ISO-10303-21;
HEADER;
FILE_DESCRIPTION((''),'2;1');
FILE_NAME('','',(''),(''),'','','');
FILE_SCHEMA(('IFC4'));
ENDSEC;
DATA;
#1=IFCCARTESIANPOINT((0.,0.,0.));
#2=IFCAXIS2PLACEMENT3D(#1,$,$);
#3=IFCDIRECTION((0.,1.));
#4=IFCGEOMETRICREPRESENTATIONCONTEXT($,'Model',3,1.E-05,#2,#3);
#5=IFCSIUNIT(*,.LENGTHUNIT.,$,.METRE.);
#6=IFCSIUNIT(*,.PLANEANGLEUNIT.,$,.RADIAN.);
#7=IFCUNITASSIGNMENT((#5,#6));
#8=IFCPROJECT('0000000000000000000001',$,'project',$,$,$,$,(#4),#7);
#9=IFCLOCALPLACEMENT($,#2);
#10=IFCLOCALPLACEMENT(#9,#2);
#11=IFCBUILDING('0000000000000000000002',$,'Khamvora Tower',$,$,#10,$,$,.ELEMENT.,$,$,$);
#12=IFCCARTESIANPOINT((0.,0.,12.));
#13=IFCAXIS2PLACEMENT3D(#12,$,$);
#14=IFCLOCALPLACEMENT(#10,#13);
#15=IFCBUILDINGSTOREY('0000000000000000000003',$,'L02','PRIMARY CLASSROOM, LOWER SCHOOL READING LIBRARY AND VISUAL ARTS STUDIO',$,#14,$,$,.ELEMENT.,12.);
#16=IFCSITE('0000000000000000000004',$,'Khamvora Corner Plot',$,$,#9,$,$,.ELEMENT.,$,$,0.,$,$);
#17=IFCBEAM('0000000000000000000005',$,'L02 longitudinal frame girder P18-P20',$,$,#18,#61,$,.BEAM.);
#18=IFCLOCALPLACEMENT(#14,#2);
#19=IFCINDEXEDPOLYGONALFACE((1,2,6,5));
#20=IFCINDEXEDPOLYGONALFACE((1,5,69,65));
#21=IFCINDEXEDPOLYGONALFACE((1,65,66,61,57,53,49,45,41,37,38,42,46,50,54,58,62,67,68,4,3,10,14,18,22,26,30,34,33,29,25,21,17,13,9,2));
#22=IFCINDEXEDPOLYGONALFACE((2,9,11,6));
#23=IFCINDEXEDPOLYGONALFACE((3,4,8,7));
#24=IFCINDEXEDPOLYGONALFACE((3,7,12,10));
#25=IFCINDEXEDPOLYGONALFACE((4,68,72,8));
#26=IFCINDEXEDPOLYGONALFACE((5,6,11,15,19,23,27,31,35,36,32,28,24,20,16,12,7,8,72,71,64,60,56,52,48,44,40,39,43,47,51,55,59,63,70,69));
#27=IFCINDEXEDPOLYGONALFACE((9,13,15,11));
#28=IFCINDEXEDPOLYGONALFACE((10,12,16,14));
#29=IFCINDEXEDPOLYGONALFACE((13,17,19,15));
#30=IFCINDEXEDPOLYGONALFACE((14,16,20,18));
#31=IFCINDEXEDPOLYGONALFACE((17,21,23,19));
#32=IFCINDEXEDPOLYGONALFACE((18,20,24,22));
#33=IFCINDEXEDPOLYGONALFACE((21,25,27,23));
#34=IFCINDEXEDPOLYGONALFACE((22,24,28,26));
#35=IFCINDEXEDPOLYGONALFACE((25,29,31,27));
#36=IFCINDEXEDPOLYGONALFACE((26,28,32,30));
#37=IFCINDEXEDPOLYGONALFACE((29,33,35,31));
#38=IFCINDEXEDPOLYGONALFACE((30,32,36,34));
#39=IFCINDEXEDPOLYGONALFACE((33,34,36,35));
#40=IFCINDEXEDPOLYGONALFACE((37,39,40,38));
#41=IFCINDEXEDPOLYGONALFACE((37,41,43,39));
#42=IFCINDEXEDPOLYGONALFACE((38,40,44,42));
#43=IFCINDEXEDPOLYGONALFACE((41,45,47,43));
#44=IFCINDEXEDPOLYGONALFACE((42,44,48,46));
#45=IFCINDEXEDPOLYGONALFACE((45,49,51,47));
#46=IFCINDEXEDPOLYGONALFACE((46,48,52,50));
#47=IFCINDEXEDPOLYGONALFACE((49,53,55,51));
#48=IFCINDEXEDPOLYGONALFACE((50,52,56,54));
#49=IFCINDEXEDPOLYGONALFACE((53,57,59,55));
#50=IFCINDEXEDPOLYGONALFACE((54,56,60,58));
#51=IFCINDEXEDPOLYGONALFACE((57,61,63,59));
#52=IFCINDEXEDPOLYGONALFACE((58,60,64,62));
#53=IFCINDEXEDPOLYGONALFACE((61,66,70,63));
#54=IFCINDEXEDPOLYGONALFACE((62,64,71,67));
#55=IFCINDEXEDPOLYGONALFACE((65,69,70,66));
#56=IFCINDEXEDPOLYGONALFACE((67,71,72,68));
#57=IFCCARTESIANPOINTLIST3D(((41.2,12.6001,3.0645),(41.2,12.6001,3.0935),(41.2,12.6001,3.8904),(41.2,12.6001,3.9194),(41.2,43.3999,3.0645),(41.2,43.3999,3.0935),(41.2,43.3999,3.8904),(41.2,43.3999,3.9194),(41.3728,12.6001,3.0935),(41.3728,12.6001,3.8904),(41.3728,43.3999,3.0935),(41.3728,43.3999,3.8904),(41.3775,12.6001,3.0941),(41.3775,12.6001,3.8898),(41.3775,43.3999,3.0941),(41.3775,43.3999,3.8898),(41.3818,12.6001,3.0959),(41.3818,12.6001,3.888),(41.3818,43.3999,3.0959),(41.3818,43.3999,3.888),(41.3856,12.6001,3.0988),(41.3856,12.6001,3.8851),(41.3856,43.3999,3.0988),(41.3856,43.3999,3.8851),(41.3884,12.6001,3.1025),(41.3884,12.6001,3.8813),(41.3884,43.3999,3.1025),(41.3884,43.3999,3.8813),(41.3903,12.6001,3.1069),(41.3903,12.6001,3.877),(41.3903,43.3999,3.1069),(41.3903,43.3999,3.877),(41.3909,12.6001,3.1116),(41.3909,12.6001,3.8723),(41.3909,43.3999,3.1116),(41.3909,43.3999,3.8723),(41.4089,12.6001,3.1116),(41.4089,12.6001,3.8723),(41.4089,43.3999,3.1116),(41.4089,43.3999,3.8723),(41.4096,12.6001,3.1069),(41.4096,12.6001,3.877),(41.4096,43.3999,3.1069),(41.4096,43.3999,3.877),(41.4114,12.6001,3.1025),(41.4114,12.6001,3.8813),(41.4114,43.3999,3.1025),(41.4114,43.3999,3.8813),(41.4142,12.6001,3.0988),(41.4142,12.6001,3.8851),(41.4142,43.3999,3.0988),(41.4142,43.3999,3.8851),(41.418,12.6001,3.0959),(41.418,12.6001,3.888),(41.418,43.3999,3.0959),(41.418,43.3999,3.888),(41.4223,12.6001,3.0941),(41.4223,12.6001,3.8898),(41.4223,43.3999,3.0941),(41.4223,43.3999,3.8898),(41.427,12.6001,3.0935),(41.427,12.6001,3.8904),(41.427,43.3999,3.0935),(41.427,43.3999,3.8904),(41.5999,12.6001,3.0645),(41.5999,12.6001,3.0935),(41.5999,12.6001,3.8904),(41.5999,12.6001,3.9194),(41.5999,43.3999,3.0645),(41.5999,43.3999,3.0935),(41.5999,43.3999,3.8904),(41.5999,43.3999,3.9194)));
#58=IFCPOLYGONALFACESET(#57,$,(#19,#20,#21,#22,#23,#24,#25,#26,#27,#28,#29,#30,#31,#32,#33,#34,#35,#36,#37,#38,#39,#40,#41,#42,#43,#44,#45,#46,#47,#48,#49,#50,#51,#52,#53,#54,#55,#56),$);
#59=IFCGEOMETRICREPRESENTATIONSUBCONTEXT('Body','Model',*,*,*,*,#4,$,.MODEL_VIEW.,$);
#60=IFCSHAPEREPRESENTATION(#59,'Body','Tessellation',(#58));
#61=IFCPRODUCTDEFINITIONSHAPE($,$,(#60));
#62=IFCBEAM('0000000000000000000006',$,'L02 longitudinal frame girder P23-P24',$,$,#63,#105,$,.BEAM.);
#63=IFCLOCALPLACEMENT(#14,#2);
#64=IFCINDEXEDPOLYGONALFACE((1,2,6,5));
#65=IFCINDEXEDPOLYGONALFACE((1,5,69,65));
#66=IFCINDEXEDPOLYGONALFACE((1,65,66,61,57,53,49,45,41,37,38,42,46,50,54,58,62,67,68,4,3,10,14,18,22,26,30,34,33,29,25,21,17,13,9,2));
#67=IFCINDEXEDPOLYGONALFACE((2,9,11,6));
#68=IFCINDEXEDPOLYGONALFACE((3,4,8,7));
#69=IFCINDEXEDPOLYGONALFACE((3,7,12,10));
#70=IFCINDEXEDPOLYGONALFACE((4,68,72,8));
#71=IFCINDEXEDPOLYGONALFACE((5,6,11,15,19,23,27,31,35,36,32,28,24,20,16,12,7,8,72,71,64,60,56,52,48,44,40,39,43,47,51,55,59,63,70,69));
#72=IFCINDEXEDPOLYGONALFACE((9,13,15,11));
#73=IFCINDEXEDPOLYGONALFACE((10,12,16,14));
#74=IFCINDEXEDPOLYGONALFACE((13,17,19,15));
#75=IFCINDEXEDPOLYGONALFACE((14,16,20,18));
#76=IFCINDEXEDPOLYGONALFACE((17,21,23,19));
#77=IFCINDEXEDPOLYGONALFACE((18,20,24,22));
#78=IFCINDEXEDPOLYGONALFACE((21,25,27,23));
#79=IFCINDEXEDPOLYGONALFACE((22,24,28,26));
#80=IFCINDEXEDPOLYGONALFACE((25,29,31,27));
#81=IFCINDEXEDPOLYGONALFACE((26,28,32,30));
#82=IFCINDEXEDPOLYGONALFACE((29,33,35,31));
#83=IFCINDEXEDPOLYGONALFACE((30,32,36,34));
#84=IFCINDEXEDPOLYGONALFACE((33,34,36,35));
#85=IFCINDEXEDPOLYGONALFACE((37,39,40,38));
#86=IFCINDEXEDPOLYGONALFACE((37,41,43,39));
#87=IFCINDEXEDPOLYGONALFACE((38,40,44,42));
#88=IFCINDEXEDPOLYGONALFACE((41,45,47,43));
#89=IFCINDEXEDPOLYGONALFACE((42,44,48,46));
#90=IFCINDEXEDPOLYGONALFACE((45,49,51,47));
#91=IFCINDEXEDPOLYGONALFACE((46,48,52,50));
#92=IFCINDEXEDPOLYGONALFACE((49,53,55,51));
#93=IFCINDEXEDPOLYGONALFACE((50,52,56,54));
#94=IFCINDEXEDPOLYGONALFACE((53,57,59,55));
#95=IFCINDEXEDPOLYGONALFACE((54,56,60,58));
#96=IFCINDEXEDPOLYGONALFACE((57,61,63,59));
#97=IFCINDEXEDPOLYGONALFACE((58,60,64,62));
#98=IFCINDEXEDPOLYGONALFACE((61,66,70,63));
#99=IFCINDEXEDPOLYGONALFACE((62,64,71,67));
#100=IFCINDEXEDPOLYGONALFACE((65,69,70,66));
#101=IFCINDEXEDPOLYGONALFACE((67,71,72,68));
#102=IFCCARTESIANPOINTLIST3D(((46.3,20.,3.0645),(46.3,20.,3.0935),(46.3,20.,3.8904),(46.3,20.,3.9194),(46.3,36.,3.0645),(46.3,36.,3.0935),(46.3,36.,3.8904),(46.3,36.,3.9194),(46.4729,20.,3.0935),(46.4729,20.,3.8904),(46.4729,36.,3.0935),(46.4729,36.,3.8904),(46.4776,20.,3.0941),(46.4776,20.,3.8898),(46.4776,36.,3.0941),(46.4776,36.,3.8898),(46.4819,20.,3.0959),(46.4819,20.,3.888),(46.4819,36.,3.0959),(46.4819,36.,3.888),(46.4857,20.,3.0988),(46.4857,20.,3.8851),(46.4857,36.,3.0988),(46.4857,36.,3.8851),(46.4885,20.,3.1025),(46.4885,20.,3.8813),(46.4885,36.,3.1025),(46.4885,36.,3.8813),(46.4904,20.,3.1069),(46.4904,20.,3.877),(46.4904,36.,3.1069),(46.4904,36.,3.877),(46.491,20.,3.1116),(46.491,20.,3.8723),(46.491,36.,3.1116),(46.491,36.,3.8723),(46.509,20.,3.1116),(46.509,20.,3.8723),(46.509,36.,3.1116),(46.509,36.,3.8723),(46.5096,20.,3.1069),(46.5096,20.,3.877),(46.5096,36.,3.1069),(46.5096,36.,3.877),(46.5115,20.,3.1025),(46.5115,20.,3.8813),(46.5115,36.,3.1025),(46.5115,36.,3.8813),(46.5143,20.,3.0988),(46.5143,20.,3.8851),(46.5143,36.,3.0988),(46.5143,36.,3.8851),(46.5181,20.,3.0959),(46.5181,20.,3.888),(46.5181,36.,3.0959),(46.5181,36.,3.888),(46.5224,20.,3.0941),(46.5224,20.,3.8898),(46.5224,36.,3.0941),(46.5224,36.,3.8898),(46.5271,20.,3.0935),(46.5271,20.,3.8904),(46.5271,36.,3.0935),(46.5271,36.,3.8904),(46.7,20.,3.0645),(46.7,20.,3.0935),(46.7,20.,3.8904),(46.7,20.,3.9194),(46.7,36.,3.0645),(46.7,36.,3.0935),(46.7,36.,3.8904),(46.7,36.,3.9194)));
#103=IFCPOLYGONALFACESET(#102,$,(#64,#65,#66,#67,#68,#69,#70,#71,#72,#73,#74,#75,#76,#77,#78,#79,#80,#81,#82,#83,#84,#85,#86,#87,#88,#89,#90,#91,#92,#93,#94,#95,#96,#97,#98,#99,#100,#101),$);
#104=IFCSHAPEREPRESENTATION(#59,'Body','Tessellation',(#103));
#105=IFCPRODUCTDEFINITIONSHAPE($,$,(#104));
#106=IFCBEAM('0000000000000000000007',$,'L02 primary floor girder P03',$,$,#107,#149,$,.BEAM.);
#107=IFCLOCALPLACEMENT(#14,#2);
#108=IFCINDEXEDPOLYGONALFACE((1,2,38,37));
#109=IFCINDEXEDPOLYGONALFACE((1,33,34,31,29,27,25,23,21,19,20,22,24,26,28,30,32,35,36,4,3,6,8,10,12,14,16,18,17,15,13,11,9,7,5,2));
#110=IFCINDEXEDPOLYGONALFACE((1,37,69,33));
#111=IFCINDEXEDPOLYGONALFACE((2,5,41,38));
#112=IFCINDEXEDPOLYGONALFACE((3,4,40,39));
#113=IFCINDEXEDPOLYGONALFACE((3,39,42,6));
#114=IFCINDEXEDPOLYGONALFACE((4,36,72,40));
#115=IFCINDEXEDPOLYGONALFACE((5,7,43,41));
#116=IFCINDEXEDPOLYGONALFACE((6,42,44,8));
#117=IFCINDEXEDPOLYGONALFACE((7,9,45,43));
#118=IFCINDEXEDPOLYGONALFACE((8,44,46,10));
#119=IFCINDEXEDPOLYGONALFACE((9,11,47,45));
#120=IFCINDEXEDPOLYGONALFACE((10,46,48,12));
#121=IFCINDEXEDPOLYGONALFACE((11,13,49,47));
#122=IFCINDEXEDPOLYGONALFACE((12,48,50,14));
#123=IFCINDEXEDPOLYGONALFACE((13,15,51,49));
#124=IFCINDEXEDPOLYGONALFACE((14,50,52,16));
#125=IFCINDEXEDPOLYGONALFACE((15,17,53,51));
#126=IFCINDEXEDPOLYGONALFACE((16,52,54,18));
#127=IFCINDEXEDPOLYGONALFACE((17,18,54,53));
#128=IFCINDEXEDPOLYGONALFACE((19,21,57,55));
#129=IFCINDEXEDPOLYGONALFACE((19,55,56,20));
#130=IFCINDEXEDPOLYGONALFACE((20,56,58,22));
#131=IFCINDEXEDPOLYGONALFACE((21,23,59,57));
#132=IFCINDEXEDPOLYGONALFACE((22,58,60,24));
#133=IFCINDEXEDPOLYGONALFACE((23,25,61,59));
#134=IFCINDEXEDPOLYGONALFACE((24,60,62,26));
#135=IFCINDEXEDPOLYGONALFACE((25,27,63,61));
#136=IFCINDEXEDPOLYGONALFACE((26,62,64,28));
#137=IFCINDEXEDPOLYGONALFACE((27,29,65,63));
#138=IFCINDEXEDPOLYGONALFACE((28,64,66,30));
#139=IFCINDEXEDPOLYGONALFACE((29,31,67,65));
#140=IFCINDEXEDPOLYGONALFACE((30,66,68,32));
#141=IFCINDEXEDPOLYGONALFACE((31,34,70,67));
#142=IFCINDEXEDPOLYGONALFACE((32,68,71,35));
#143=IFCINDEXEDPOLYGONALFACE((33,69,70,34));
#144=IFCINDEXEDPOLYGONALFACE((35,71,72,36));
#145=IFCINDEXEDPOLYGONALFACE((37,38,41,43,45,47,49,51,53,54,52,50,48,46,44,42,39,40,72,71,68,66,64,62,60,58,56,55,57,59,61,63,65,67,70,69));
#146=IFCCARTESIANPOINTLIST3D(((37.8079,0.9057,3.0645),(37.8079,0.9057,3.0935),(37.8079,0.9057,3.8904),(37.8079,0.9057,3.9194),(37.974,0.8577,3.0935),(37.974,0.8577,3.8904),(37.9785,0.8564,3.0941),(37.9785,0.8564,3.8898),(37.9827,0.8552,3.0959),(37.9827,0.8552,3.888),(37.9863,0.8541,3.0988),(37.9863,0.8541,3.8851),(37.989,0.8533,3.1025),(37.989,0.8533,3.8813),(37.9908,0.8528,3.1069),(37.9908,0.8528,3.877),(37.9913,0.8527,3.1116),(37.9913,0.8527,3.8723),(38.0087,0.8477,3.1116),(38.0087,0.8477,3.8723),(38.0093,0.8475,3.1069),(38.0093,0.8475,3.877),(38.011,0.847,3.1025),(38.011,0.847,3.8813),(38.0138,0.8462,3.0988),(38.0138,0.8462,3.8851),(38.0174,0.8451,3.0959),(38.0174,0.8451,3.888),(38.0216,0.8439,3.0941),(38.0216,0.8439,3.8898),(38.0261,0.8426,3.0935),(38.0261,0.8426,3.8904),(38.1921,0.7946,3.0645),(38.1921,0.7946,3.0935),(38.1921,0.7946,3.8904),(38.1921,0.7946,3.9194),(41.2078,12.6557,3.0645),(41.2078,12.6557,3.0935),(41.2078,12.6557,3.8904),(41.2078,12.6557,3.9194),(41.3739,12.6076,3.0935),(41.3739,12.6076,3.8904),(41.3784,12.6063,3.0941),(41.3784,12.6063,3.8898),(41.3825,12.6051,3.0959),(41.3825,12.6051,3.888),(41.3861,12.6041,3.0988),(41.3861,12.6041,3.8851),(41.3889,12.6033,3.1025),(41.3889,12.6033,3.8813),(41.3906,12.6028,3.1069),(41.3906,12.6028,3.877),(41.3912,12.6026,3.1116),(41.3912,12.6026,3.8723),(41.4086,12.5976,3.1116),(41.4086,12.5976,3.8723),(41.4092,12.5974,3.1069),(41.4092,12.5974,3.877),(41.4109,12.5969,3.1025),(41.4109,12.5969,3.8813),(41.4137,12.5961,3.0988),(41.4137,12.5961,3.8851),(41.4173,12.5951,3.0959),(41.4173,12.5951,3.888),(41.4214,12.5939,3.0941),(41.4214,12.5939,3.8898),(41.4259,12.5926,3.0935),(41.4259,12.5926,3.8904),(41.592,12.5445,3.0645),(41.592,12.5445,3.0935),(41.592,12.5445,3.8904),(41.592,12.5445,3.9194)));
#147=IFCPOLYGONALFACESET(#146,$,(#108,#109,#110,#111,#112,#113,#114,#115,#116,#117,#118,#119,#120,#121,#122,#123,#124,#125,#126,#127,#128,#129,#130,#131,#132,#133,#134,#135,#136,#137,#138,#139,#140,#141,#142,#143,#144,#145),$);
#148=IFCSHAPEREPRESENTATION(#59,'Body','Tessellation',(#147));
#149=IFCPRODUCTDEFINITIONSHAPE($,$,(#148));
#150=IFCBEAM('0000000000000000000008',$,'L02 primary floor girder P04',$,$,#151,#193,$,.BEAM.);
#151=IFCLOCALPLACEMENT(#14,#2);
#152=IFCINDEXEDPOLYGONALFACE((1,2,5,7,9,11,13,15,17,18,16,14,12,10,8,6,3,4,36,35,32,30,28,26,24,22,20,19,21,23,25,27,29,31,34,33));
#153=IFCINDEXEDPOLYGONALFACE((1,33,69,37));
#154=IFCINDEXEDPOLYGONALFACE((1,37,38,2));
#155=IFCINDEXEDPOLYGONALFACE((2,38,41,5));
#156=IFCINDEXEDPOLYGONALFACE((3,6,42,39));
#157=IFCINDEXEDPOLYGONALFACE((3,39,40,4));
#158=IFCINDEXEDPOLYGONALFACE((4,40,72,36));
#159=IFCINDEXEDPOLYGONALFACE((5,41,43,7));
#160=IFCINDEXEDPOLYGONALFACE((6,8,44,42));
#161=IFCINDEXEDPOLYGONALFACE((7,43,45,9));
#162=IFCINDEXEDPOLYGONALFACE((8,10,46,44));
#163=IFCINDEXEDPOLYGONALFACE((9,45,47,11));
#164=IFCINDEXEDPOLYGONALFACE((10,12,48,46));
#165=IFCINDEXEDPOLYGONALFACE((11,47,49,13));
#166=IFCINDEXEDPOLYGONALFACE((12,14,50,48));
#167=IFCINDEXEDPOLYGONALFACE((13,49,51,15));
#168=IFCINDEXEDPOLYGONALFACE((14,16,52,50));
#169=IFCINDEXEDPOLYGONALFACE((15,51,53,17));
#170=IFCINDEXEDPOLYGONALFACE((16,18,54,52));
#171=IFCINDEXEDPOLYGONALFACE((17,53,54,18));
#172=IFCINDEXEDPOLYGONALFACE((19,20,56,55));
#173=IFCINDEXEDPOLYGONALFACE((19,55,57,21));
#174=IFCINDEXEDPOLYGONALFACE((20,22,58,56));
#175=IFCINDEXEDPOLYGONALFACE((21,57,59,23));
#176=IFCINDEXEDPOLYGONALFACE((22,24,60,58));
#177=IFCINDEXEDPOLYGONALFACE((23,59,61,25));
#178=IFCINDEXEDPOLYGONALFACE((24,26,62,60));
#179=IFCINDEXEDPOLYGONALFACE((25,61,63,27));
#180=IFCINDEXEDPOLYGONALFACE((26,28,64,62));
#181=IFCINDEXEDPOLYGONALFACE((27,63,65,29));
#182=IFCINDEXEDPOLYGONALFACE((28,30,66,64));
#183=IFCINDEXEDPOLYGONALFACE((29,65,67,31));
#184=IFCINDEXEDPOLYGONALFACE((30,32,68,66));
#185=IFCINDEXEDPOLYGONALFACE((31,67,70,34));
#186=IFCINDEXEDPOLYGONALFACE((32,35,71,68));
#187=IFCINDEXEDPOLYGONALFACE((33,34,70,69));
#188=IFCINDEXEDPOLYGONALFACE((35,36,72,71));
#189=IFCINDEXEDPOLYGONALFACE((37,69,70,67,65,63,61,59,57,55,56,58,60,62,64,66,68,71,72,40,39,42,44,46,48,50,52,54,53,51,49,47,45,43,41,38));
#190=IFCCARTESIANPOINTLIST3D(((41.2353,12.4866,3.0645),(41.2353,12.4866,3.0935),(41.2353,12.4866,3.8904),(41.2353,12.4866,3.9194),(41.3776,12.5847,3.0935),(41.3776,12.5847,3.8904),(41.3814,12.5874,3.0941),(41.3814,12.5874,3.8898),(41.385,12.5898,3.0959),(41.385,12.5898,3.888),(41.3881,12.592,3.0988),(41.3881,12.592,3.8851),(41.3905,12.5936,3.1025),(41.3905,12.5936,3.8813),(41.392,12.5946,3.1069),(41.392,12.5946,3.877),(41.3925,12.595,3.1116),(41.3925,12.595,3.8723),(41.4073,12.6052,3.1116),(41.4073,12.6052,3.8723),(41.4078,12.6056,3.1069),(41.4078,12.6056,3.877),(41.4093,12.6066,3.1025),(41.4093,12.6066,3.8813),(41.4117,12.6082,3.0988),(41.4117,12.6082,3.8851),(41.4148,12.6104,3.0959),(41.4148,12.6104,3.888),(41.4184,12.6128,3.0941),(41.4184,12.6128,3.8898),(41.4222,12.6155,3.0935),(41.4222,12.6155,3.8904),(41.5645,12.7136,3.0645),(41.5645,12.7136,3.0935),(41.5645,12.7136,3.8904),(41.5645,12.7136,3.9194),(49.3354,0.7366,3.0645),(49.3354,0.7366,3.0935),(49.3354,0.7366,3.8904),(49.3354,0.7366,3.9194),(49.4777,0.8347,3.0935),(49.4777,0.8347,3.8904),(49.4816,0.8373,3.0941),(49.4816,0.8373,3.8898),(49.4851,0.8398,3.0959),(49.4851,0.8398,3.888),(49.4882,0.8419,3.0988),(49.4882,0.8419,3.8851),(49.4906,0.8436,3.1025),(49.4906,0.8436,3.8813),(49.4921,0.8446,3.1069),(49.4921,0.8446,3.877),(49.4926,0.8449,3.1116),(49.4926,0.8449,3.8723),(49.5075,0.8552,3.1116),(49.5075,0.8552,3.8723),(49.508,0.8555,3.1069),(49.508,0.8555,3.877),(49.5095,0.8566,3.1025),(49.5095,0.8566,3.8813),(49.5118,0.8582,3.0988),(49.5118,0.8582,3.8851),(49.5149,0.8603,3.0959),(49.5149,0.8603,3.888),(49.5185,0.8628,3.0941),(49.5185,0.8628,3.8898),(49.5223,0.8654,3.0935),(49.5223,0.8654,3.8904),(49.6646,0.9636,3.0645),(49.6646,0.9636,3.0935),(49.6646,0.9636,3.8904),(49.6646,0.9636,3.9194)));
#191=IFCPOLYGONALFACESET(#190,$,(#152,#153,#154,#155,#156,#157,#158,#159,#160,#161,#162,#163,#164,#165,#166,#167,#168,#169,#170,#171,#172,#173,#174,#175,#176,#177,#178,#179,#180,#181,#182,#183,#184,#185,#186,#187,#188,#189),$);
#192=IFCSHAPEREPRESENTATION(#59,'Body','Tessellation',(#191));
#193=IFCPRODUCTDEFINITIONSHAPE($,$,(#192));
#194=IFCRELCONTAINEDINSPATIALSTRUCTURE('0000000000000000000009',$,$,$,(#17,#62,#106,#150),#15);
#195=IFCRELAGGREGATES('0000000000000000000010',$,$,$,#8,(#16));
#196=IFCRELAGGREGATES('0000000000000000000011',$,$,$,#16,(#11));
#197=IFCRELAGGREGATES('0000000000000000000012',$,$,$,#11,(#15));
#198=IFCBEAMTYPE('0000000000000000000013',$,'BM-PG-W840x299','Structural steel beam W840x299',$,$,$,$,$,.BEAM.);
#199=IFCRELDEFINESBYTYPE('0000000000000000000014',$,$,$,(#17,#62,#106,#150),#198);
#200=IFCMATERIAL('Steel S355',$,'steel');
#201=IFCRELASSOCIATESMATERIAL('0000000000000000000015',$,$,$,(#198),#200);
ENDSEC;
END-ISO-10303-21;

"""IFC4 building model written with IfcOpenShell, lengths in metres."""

from ifc_helpers import new_model, si_unit, direction, frame, origin, origin_2d, place, context, subcontext, project, spatial, i_section, extrude, material, material_profile, profile_set, type_object, element, save


model = new_model("IFC4")

# Units and contexts
model_context = context("Model", 3, precision=1e-05, world=origin(), true_north=direction((0.0, 1.0)))
body_context = subcontext(model_context, "Body", "Model", "MODEL_VIEW")
ifc_project = project(units=[si_unit("LENGTHUNIT", "METRE"), si_unit("PLANEANGLEUNIT", "RADIAN")], contexts=[model_context])

# Site, building, storey
site_placement = place(None, origin())
site = spatial("IfcSite", under=ifc_project, at=site_placement, Name="Khamvora Corner Plot", CompositionType="ELEMENT", RefElevation=0.0)
building_placement = place(site_placement, origin())
building = spatial("IfcBuilding", under=site, at=building_placement, Name="Khamvora Tower", CompositionType="ELEMENT")
storey_placement = place(building_placement, frame((0.0, 0.0, 12.0)))
storey = spatial("IfcBuildingStorey", under=building, at=storey_placement, Name="L02", Description="PRIMARY CLASSROOM, LOWER SCHOOL READING LIBRARY AND VISUAL ARTS STUDIO", CompositionType="ELEMENT", Elevation=12.0)

# Beams
ifc_material_1 = material(Name="Steel S355", Category="steel")
ifc_material_profile_1 = material_profile(ifc_material_1, i_section(OverallWidth=0.3999, OverallDepth=0.855, WebThickness=0.0181, FlangeThickness=0.0291, FilletRadius=0.0181, at=origin_2d()), Name="W840x299")
ifc_profile_set_1 = profile_set([ifc_material_profile_1], Name="Steel S355")
beam_type_1 = type_object("IfcBeamType", Name="BM-PG-W840x299", Description="Structural steel beam W840x299", PredefinedType="BEAM", material=ifc_profile_set_1)
beam_1_placement = place(storey_placement, frame((41.3999, 12.6001, 3.4919), z_axis=(0.0, 1.0, 0.0), x_axis=(-1.0, 0.0, 0.0)))
element("IfcBeam", 1, at=beam_1_placement, inside=storey, type_object=beam_type_1, Name="L02 longitudinal frame girder P18-P20", PredefinedType="BEAM", context=body_context, shape_type="SweptSolid", body=[
    extrude(i_section(OverallWidth=0.3999, OverallDepth=0.855, WebThickness=0.0181, FlangeThickness=0.0291, FilletRadius=0.0181, at=origin_2d()), origin(), (0.0, 0.0, 1.0), 30.7998),
])
beam_2_placement = place(storey_placement, frame((46.5, 20.0, 3.4919), z_axis=(0.0, 1.0, 0.0), x_axis=(-1.0, 0.0, 0.0)))
element("IfcBeam", 2, at=beam_2_placement, inside=storey, type_object=beam_type_1, Name="L02 longitudinal frame girder P23-P24", PredefinedType="BEAM", context=body_context, shape_type="SweptSolid", body=[
    extrude(i_section(OverallWidth=0.3999, OverallDepth=0.855, WebThickness=0.0181, FlangeThickness=0.0291, FilletRadius=0.0181, at=origin_2d()), origin(), (0.0, 0.0, 1.0), 16.0),
])
beam_3_placement = place(storey_placement, frame((41.3999, 12.6001, 3.4919), z_axis=(-0.277951, -0.960595, 0.0), x_axis=(0.960595, -0.277951, 0.0)))
element("IfcBeam", 3, at=beam_3_placement, inside=storey, type_object=beam_type_1, Name="L02 primary floor girder P03", PredefinedType="BEAM", context=body_context, shape_type="SweptSolid", body=[
    extrude(i_section(OverallWidth=0.3999, OverallDepth=0.855, WebThickness=0.0181, FlangeThickness=0.0291, FilletRadius=0.0181, at=origin_2d()), origin(), (0.0, 0.0, 1.0), 12.2319),
])
beam_4_placement = place(storey_placement, frame((41.3999, 12.6001, 3.4919), z_axis=(0.567574, -0.823322, 0.0), x_axis=(0.823322, 0.567574, 0.0)))
element("IfcBeam", 4, at=beam_4_placement, inside=storey, type_object=beam_type_1, Name="L02 primary floor girder P04", PredefinedType="BEAM", context=body_context, shape_type="SweptSolid", body=[
    extrude(i_section(OverallWidth=0.3999, OverallDepth=0.855, WebThickness=0.0181, FlangeThickness=0.0291, FilletRadius=0.0181, at=origin_2d()), origin(), (0.0, 0.0, 1.0), 14.2715),
])

save(model, "model.ifc")
